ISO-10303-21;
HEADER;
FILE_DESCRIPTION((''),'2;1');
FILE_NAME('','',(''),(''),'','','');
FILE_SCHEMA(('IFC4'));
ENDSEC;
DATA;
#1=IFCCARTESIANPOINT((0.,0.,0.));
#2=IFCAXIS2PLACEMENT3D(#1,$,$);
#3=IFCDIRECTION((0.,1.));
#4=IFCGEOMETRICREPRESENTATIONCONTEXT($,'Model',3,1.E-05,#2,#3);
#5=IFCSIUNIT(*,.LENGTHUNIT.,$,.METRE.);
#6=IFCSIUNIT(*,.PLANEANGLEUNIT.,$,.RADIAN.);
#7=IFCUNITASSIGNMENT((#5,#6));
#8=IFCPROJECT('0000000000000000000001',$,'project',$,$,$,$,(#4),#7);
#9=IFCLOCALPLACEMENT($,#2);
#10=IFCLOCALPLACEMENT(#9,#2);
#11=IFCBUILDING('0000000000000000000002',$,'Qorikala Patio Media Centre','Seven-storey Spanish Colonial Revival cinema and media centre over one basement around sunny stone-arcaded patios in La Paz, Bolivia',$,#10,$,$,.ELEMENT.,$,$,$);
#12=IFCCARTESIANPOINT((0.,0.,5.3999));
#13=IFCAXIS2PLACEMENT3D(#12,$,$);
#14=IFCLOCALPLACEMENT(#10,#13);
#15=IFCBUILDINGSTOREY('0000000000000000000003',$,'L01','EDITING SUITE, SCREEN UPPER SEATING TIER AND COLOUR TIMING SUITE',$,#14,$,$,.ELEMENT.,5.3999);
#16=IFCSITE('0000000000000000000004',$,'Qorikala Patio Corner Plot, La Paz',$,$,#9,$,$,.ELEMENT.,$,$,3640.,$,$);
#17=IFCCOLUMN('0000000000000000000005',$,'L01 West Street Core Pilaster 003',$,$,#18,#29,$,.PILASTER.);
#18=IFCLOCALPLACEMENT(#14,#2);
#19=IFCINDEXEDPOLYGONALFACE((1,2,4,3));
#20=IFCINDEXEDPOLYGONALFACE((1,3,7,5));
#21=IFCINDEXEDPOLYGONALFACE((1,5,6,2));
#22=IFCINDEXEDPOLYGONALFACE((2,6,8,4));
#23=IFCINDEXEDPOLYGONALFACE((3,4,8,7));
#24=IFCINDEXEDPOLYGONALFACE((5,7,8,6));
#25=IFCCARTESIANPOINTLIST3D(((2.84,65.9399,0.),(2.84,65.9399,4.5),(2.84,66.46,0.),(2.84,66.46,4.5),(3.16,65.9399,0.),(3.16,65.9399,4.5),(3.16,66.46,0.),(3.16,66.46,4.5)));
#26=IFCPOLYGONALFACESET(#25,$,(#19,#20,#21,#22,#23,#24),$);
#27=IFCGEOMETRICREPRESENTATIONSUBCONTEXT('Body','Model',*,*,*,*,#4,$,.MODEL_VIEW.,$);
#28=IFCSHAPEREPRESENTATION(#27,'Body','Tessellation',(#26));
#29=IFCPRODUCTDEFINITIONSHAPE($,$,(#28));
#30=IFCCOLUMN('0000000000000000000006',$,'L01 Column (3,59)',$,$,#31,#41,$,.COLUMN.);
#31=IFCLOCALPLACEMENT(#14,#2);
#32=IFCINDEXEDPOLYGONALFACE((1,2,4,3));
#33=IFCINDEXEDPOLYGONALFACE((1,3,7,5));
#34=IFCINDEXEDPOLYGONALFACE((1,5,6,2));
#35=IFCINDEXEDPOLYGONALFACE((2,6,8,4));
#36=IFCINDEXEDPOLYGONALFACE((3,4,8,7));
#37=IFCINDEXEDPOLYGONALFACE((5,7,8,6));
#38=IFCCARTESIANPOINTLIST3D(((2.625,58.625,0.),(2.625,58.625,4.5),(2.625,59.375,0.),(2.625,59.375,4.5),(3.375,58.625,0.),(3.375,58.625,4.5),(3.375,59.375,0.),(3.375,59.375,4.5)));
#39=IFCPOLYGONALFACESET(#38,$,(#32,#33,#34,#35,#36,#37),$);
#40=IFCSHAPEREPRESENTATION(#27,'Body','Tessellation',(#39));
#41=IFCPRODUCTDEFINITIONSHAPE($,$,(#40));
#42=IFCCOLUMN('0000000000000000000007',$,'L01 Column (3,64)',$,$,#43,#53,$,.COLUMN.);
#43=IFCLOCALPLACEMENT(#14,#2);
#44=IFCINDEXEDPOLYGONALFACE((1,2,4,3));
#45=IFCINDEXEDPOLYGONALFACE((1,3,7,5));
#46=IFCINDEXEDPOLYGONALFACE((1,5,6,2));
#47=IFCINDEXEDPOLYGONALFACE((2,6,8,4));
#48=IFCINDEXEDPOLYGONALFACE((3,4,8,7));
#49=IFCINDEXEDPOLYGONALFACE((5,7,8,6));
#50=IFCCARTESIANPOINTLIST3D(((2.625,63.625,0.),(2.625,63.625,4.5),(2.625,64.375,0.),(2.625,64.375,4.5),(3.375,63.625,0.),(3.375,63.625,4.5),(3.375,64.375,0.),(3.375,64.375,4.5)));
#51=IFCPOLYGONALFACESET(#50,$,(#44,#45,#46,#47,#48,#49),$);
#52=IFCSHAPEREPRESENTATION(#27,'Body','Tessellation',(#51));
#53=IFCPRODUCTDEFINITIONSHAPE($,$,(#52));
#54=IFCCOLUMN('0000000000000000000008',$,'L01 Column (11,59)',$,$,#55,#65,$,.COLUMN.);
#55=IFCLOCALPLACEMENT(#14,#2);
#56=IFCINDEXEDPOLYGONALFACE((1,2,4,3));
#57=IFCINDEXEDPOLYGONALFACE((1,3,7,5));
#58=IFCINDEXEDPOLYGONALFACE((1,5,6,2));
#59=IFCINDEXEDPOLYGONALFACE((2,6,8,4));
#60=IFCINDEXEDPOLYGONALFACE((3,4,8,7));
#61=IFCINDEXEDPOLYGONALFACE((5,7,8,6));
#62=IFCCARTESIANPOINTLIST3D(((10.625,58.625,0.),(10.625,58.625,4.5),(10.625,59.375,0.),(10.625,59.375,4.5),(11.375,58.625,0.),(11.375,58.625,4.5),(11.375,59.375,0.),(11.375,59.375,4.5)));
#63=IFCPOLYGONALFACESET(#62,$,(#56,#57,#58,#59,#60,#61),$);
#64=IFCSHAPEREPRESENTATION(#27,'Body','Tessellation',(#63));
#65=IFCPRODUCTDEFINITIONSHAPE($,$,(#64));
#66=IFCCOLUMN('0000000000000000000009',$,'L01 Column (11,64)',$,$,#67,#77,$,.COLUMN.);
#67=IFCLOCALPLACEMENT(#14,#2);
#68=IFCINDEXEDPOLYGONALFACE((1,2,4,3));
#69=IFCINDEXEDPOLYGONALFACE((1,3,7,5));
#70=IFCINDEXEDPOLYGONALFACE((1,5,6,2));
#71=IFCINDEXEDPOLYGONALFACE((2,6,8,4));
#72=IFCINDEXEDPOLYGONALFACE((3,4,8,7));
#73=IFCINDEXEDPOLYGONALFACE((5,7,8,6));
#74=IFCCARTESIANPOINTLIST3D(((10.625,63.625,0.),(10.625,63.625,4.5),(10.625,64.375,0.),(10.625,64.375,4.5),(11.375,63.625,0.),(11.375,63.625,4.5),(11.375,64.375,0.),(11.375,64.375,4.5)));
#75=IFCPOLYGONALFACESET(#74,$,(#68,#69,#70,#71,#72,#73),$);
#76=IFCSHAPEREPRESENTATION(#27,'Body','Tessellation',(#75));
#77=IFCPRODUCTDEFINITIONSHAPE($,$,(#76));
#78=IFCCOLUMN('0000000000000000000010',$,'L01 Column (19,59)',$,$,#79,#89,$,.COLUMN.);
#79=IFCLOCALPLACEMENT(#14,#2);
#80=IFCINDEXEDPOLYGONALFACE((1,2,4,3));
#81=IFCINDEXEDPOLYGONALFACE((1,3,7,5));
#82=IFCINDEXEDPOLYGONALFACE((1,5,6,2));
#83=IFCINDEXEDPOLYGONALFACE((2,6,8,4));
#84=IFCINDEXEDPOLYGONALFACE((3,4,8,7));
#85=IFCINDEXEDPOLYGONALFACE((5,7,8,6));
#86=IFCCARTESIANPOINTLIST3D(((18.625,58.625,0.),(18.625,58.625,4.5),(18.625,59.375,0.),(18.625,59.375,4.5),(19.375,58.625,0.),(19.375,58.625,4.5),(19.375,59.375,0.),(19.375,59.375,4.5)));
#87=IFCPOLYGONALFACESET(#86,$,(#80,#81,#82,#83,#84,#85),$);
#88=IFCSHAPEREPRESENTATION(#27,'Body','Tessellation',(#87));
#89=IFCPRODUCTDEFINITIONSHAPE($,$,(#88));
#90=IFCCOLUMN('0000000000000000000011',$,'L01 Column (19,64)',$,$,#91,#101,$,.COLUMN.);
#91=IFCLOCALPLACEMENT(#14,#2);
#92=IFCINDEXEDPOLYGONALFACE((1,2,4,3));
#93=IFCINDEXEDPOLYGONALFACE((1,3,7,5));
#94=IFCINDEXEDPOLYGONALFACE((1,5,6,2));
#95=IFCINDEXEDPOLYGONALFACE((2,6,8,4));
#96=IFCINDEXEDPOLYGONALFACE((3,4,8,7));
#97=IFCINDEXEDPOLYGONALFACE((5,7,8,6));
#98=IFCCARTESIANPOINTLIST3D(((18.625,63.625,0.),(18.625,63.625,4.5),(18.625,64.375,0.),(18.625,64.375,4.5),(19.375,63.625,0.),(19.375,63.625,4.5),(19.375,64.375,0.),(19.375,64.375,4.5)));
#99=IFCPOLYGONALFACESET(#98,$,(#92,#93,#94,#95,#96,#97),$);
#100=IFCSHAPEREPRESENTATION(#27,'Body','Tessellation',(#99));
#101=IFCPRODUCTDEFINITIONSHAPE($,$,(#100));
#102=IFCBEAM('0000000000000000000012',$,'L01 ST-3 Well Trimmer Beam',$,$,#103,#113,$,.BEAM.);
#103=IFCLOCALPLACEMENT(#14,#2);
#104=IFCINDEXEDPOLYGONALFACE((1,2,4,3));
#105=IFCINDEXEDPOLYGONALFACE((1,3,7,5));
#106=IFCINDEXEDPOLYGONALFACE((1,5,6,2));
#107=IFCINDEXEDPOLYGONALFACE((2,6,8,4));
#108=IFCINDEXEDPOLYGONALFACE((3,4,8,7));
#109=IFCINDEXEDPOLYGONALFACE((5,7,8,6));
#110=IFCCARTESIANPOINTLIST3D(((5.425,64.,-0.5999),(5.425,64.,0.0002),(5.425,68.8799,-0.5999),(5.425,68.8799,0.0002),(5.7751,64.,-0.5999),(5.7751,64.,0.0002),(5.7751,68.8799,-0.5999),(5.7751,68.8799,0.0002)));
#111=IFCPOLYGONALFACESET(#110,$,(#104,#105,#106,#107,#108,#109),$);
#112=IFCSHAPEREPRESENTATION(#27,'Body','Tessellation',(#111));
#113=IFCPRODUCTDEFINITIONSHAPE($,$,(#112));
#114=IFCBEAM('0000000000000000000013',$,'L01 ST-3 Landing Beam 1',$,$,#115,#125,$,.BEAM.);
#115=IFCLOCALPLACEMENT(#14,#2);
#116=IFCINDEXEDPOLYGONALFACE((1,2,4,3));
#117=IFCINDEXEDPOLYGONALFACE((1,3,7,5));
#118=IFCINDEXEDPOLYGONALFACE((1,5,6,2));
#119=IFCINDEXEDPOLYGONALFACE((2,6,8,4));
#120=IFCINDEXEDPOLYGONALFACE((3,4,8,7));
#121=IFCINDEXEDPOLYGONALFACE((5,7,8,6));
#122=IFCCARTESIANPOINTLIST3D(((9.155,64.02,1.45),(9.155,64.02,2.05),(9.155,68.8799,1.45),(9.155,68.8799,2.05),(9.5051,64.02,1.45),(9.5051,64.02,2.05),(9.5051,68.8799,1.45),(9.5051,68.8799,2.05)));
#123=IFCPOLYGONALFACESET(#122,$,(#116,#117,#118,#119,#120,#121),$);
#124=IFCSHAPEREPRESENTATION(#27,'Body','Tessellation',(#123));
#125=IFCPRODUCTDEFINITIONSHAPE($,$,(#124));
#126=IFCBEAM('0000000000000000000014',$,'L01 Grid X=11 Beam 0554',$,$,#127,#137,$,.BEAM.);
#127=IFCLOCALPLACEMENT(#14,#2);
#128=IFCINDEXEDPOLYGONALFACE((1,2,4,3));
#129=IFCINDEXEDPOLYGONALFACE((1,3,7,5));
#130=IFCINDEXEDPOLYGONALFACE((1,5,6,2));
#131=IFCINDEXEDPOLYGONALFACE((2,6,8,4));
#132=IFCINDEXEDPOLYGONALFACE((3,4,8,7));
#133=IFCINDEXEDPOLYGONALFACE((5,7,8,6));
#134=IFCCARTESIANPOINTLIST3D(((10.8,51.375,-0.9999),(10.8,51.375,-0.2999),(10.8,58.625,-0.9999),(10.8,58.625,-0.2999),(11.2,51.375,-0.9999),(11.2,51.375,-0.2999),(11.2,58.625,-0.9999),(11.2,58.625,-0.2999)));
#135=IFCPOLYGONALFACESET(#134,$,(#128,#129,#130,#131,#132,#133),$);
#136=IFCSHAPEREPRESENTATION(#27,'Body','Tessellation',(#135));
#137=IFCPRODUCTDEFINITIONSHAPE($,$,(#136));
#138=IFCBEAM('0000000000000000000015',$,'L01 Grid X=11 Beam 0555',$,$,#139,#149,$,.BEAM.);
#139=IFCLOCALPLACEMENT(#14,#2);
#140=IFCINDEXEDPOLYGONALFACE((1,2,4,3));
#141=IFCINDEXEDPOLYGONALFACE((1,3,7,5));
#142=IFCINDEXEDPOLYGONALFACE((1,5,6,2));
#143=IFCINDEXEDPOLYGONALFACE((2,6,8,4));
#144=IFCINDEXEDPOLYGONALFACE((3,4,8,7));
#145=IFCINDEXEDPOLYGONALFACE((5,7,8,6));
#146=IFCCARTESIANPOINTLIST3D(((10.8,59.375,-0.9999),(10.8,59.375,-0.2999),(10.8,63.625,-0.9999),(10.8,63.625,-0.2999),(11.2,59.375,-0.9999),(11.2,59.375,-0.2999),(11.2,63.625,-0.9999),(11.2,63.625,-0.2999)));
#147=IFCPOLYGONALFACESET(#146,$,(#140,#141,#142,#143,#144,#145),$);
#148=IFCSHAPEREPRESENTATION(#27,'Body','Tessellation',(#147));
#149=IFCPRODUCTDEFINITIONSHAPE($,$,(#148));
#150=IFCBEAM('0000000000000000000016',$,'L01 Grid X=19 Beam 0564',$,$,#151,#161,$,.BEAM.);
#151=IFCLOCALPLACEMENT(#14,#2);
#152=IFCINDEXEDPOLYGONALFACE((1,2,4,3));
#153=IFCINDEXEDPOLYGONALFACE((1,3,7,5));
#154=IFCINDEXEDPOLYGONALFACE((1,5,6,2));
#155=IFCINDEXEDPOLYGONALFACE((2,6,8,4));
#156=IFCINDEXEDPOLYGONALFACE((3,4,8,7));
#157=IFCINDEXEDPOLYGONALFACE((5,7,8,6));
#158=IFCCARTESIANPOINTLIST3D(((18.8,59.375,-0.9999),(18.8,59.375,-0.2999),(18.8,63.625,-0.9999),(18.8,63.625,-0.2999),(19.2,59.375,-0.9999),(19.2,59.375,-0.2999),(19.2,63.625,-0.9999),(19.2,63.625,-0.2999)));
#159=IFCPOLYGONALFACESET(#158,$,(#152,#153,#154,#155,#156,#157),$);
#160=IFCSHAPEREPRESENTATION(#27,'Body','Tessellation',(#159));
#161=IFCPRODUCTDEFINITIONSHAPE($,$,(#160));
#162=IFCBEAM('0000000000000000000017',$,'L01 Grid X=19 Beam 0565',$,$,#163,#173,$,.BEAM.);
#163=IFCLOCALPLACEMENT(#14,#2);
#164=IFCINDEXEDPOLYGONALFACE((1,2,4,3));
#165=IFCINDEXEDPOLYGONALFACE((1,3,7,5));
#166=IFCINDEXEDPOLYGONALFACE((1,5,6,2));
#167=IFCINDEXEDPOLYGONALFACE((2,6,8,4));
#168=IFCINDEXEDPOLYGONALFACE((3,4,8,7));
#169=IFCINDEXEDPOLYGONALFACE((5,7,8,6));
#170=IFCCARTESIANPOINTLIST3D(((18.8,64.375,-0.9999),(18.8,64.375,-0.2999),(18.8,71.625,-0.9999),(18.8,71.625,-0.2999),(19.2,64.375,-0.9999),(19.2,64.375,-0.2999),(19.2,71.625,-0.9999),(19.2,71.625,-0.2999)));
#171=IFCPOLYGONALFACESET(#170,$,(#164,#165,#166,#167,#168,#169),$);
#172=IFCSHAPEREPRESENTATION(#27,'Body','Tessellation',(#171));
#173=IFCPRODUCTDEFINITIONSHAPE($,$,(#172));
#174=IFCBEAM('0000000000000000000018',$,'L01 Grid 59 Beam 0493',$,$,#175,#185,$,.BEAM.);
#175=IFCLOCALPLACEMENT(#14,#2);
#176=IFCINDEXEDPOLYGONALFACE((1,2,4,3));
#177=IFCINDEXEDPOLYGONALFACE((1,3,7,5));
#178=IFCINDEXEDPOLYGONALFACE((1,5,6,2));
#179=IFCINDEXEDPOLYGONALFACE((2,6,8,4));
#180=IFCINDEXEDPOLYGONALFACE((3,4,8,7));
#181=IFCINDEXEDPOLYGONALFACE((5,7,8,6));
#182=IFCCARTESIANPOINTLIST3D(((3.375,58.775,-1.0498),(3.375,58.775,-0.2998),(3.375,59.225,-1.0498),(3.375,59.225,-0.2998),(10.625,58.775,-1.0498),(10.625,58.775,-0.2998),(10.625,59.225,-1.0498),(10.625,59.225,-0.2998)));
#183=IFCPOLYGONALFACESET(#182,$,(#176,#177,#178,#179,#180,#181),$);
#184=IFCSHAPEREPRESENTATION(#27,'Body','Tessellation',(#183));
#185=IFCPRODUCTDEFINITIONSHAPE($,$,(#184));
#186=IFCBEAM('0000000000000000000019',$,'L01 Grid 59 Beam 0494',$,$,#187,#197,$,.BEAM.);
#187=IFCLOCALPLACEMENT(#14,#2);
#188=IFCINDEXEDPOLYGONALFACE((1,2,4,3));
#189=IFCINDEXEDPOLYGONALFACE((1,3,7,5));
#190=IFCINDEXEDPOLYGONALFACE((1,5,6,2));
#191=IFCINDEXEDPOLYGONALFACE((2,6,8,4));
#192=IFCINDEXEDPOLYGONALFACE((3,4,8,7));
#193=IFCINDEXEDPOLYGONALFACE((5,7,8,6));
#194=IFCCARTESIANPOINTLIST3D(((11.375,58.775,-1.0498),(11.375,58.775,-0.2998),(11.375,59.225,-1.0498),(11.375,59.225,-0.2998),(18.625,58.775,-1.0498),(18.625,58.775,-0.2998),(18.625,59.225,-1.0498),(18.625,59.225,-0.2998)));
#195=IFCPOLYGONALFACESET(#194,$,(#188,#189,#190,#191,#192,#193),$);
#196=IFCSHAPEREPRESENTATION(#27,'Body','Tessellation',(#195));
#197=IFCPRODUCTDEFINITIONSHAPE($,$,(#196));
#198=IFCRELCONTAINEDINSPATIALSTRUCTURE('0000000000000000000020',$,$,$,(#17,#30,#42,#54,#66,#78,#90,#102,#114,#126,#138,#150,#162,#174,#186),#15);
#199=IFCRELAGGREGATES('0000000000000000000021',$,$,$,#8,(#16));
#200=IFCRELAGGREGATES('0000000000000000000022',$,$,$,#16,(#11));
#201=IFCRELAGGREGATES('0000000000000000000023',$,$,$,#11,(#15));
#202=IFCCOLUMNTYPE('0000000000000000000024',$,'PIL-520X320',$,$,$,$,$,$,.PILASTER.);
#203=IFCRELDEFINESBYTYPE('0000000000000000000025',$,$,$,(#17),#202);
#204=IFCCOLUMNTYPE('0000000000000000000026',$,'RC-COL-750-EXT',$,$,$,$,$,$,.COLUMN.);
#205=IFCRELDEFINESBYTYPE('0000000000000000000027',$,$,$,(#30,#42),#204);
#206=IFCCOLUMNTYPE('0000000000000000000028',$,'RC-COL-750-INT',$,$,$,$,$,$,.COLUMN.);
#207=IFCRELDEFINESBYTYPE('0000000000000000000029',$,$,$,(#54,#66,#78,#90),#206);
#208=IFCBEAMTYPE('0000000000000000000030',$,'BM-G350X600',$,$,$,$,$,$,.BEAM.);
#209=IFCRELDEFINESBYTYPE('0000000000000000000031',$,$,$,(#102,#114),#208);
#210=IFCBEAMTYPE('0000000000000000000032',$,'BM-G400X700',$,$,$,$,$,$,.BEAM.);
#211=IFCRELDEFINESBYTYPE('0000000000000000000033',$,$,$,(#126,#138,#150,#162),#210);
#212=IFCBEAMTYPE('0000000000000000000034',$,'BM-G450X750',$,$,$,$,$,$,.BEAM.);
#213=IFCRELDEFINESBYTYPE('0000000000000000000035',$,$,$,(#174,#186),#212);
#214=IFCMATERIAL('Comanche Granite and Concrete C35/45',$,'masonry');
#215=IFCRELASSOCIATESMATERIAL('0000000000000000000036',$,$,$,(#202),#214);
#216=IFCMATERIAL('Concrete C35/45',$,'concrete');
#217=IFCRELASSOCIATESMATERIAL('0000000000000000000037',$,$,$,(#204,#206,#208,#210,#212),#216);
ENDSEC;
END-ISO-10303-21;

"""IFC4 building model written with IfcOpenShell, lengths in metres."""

from ifc_helpers import new_model, si_unit, direction, frame, origin, origin_2d, place, context, subcontext, project, spatial, rectangle, extrude, material, material_profile, profile_set, type_object, element, save


model = new_model("IFC4")

# Units and contexts
model_context = context("Model", 3, precision=1e-05, world=origin(), true_north=direction((0.0, 1.0)))
body_context = subcontext(model_context, "Body", "Model", "MODEL_VIEW")
ifc_project = project(units=[si_unit("LENGTHUNIT", "METRE"), si_unit("PLANEANGLEUNIT", "RADIAN")], contexts=[model_context])

# Site, building, storey
site_placement = place(None, origin())
site = spatial("IfcSite", under=ifc_project, at=site_placement, Name="Qorikala Patio Corner Plot, La Paz", CompositionType="ELEMENT", RefElevation=3640.0)
building_placement = place(site_placement, origin())
building = spatial("IfcBuilding", under=site, at=building_placement, Name="Qorikala Patio Media Centre", Description="Seven-storey Spanish Colonial Revival cinema and media centre over one basement around sunny stone-arcaded patios in La Paz, Bolivia", CompositionType="ELEMENT")
storey_placement = place(building_placement, frame((0.0, 0.0, 5.3999)))
storey = spatial("IfcBuildingStorey", under=building, at=storey_placement, Name="L01", Description="EDITING SUITE, SCREEN UPPER SEATING TIER AND COLOUR TIMING SUITE", CompositionType="ELEMENT", Elevation=5.3999)

# Columns
ifc_material_1 = material(Name="Comanche Granite and Concrete C35/45", Category="masonry")
ifc_material_profile_1 = material_profile(ifc_material_1, rectangle(XDim=0.52, YDim=0.3201, at=origin_2d()), Name="PIL 520x320")
ifc_profile_set_1 = profile_set([ifc_material_profile_1], Name="Comanche Granite and Concrete C35/45")
column_type_1 = type_object("IfcColumnType", Name="PIL-520X320", PredefinedType="PILASTER", material=ifc_profile_set_1)
column_placement = place(storey_placement, frame((3.0, 66.2, 0.0), z_axis=(0.0, 0.0, 1.0), x_axis=(0.0, 1.0, 0.0)))
element("IfcColumn", 1, at=column_placement, inside=storey, type_object=column_type_1, Name="L01 West Street Core Pilaster 003", PredefinedType="PILASTER", context=body_context, shape_type="SweptSolid", body=[
    extrude(rectangle(XDim=0.52, YDim=0.3201, at=origin_2d()), origin(), (0.0, 0.0, 1.0), 4.5),
])
ifc_material_2 = material(Name="Concrete C35/45", Category="concrete")
ifc_material_profile_2 = material_profile(ifc_material_2, rectangle(XDim=0.75, YDim=0.75, at=origin_2d()), Name="RC 750x750")
ifc_profile_set_2 = profile_set([ifc_material_profile_2], Name="Concrete C35/45")
column_type_2 = type_object("IfcColumnType", Name="RC-COL-750-EXT", PredefinedType="COLUMN", material=ifc_profile_set_2)
for number, where, z_axis, x_axis, name in (
    (2, (3.0, 59.0, 0.0), (0.0, 0.0, 1.0), (1.0, 0.0, 0.0), "L01 Column (3,59)"),
    (3, (3.0, 64.0, 0.0), (0.0, 0.0, 1.0), (1.0, 0.0, 0.0), "L01 Column (3,64)"),
):
    element("IfcColumn", number, at=place(storey_placement, frame(where, z_axis=z_axis, x_axis=x_axis)), inside=storey, type_object=column_type_2, Name=name, PredefinedType="COLUMN", context=body_context, shape_type="SweptSolid", body=[
        extrude(rectangle(XDim=0.75, YDim=0.75, at=origin_2d()), origin(), (0.0, 0.0, 1.0), 4.5),
    ])
ifc_material_profile_3 = material_profile(ifc_material_2, rectangle(XDim=0.75, YDim=0.75, at=origin_2d()), Name="RC 750x750")
ifc_profile_set_3 = profile_set([ifc_material_profile_3], Name="Concrete C35/45")
column_type_3 = type_object("IfcColumnType", Name="RC-COL-750-INT", PredefinedType="COLUMN", material=ifc_profile_set_3)
for number, where, z_axis, x_axis, name in (
    (4, (11.0, 59.0, 0.0), (0.0, 0.0, 1.0), (1.0, 0.0, 0.0), "L01 Column (11,59)"),
    (5, (11.0, 64.0, 0.0), (0.0, 0.0, 1.0), (1.0, 0.0, 0.0), "L01 Column (11,64)"),
    (6, (19.0, 59.0, 0.0), (0.0, 0.0, 1.0), (1.0, 0.0, 0.0), "L01 Column (19,59)"),
    (7, (19.0, 64.0, 0.0), (0.0, 0.0, 1.0), (1.0, 0.0, 0.0), "L01 Column (19,64)"),
):
    element("IfcColumn", number, at=place(storey_placement, frame(where, z_axis=z_axis, x_axis=x_axis)), inside=storey, type_object=column_type_3, Name=name, PredefinedType="COLUMN", context=body_context, shape_type="SweptSolid", body=[
        extrude(rectangle(XDim=0.75, YDim=0.75, at=origin_2d()), origin(), (0.0, 0.0, 1.0), 4.5),
    ])

# Beams
ifc_material_profile_4 = material_profile(ifc_material_2, rectangle(XDim=0.3501, YDim=0.6001, at=origin_2d()), Name="RC 350x600")
ifc_profile_set_4 = profile_set([ifc_material_profile_4], Name="Concrete C35/45")
beam_type_1 = type_object("IfcBeamType", Name="BM-G350X600", PredefinedType="BEAM", material=ifc_profile_set_4)
beam_1_placement = place(storey_placement, frame((5.6001, 64.0, -0.2998), z_axis=(0.0, 1.0, 0.0), x_axis=(-1.0, 0.0, 0.0)))
element("IfcBeam", 8, at=beam_1_placement, inside=storey, type_object=beam_type_1, Name="L01 ST-3 Well Trimmer Beam", PredefinedType="BEAM", context=body_context, shape_type="SweptSolid", body=[
    extrude(rectangle(XDim=0.3501, YDim=0.6001, at=origin_2d()), origin(), (0.0, 0.0, 1.0), 4.8799),
])
beam_2_placement = place(storey_placement, frame((9.3301, 64.02, 1.75), z_axis=(0.0, 1.0, 0.0), x_axis=(-1.0, 0.0, 0.0)))
element("IfcBeam", 9, at=beam_2_placement, inside=storey, type_object=beam_type_1, Name="L01 ST-3 Landing Beam 1", PredefinedType="BEAM", context=body_context, shape_type="SweptSolid", body=[
    extrude(rectangle(XDim=0.3501, YDim=0.6001, at=origin_2d()), origin(), (0.0, 0.0, 1.0), 4.8599),
])
ifc_material_profile_5 = material_profile(ifc_material_2, rectangle(XDim=0.3999, YDim=0.7, at=origin_2d()), Name="RC 400x700")
ifc_profile_set_5 = profile_set([ifc_material_profile_5], Name="Concrete C35/45")
beam_type_2 = type_object("IfcBeamType", Name="BM-G400X700", PredefinedType="BEAM", material=ifc_profile_set_5)
beam_3_placement = place(storey_placement, frame((11.0, 51.375, -0.6499), z_axis=(0.0, 1.0, 0.0), x_axis=(-1.0, 0.0, 0.0)))
element("IfcBeam", 10, at=beam_3_placement, inside=storey, type_object=beam_type_2, Name="L01 Grid X=11 Beam 0554", PredefinedType="BEAM", context=body_context, shape_type="SweptSolid", body=[
    extrude(rectangle(XDim=0.3999, YDim=0.7, at=origin_2d()), origin(), (0.0, 0.0, 1.0), 7.25),
])
for number, where, z_axis, x_axis, name in (
    (11, (11.0, 59.375, -0.6499), (0.0, 1.0, 0.0), (-1.0, 0.0, 0.0), "L01 Grid X=11 Beam 0555"),
    (12, (19.0, 59.375, -0.6499), (0.0, 1.0, 0.0), (-1.0, 0.0, 0.0), "L01 Grid X=19 Beam 0564"),
):
    element("IfcBeam", number, at=place(storey_placement, frame(where, z_axis=z_axis, x_axis=x_axis)), inside=storey, type_object=beam_type_2, Name=name, PredefinedType="BEAM", context=body_context, shape_type="SweptSolid", body=[
        extrude(rectangle(XDim=0.3999, YDim=0.7, at=origin_2d()), origin(), (0.0, 0.0, 1.0), 4.25),
    ])
beam_4_placement = place(storey_placement, frame((19.0, 64.375, -0.6499), z_axis=(0.0, 1.0, 0.0), x_axis=(-1.0, 0.0, 0.0)))
element("IfcBeam", 13, at=beam_4_placement, inside=storey, type_object=beam_type_2, Name="L01 Grid X=19 Beam 0565", PredefinedType="BEAM", context=body_context, shape_type="SweptSolid", body=[
    extrude(rectangle(XDim=0.3999, YDim=0.7, at=origin_2d()), origin(), (0.0, 0.0, 1.0), 7.25),
])
ifc_material_profile_6 = material_profile(ifc_material_2, rectangle(XDim=0.45, YDim=0.75, at=origin_2d()), Name="RC 450x750")
ifc_profile_set_6 = profile_set([ifc_material_profile_6], Name="Concrete C35/45")
beam_type_3 = type_object("IfcBeamType", Name="BM-G450X750", PredefinedType="BEAM", material=ifc_profile_set_6)
for number, where, z_axis, x_axis, name in (
    (14, (3.375, 59.0, -0.6748), (1.0, 0.0, 0.0), (0.0, 1.0, 0.0), "L01 Grid 59 Beam 0493"),
    (15, (11.375, 59.0, -0.6748), (1.0, 0.0, 0.0), (0.0, 1.0, 0.0), "L01 Grid 59 Beam 0494"),
):
    element("IfcBeam", number, at=place(storey_placement, frame(where, z_axis=z_axis, x_axis=x_axis)), inside=storey, type_object=beam_type_3, Name=name, PredefinedType="BEAM", context=body_context, shape_type="SweptSolid", body=[
        extrude(rectangle(XDim=0.45, YDim=0.75, at=origin_2d()), origin(), (0.0, 0.0, 1.0), 7.25),
    ])

save(model, "model.ifc")
